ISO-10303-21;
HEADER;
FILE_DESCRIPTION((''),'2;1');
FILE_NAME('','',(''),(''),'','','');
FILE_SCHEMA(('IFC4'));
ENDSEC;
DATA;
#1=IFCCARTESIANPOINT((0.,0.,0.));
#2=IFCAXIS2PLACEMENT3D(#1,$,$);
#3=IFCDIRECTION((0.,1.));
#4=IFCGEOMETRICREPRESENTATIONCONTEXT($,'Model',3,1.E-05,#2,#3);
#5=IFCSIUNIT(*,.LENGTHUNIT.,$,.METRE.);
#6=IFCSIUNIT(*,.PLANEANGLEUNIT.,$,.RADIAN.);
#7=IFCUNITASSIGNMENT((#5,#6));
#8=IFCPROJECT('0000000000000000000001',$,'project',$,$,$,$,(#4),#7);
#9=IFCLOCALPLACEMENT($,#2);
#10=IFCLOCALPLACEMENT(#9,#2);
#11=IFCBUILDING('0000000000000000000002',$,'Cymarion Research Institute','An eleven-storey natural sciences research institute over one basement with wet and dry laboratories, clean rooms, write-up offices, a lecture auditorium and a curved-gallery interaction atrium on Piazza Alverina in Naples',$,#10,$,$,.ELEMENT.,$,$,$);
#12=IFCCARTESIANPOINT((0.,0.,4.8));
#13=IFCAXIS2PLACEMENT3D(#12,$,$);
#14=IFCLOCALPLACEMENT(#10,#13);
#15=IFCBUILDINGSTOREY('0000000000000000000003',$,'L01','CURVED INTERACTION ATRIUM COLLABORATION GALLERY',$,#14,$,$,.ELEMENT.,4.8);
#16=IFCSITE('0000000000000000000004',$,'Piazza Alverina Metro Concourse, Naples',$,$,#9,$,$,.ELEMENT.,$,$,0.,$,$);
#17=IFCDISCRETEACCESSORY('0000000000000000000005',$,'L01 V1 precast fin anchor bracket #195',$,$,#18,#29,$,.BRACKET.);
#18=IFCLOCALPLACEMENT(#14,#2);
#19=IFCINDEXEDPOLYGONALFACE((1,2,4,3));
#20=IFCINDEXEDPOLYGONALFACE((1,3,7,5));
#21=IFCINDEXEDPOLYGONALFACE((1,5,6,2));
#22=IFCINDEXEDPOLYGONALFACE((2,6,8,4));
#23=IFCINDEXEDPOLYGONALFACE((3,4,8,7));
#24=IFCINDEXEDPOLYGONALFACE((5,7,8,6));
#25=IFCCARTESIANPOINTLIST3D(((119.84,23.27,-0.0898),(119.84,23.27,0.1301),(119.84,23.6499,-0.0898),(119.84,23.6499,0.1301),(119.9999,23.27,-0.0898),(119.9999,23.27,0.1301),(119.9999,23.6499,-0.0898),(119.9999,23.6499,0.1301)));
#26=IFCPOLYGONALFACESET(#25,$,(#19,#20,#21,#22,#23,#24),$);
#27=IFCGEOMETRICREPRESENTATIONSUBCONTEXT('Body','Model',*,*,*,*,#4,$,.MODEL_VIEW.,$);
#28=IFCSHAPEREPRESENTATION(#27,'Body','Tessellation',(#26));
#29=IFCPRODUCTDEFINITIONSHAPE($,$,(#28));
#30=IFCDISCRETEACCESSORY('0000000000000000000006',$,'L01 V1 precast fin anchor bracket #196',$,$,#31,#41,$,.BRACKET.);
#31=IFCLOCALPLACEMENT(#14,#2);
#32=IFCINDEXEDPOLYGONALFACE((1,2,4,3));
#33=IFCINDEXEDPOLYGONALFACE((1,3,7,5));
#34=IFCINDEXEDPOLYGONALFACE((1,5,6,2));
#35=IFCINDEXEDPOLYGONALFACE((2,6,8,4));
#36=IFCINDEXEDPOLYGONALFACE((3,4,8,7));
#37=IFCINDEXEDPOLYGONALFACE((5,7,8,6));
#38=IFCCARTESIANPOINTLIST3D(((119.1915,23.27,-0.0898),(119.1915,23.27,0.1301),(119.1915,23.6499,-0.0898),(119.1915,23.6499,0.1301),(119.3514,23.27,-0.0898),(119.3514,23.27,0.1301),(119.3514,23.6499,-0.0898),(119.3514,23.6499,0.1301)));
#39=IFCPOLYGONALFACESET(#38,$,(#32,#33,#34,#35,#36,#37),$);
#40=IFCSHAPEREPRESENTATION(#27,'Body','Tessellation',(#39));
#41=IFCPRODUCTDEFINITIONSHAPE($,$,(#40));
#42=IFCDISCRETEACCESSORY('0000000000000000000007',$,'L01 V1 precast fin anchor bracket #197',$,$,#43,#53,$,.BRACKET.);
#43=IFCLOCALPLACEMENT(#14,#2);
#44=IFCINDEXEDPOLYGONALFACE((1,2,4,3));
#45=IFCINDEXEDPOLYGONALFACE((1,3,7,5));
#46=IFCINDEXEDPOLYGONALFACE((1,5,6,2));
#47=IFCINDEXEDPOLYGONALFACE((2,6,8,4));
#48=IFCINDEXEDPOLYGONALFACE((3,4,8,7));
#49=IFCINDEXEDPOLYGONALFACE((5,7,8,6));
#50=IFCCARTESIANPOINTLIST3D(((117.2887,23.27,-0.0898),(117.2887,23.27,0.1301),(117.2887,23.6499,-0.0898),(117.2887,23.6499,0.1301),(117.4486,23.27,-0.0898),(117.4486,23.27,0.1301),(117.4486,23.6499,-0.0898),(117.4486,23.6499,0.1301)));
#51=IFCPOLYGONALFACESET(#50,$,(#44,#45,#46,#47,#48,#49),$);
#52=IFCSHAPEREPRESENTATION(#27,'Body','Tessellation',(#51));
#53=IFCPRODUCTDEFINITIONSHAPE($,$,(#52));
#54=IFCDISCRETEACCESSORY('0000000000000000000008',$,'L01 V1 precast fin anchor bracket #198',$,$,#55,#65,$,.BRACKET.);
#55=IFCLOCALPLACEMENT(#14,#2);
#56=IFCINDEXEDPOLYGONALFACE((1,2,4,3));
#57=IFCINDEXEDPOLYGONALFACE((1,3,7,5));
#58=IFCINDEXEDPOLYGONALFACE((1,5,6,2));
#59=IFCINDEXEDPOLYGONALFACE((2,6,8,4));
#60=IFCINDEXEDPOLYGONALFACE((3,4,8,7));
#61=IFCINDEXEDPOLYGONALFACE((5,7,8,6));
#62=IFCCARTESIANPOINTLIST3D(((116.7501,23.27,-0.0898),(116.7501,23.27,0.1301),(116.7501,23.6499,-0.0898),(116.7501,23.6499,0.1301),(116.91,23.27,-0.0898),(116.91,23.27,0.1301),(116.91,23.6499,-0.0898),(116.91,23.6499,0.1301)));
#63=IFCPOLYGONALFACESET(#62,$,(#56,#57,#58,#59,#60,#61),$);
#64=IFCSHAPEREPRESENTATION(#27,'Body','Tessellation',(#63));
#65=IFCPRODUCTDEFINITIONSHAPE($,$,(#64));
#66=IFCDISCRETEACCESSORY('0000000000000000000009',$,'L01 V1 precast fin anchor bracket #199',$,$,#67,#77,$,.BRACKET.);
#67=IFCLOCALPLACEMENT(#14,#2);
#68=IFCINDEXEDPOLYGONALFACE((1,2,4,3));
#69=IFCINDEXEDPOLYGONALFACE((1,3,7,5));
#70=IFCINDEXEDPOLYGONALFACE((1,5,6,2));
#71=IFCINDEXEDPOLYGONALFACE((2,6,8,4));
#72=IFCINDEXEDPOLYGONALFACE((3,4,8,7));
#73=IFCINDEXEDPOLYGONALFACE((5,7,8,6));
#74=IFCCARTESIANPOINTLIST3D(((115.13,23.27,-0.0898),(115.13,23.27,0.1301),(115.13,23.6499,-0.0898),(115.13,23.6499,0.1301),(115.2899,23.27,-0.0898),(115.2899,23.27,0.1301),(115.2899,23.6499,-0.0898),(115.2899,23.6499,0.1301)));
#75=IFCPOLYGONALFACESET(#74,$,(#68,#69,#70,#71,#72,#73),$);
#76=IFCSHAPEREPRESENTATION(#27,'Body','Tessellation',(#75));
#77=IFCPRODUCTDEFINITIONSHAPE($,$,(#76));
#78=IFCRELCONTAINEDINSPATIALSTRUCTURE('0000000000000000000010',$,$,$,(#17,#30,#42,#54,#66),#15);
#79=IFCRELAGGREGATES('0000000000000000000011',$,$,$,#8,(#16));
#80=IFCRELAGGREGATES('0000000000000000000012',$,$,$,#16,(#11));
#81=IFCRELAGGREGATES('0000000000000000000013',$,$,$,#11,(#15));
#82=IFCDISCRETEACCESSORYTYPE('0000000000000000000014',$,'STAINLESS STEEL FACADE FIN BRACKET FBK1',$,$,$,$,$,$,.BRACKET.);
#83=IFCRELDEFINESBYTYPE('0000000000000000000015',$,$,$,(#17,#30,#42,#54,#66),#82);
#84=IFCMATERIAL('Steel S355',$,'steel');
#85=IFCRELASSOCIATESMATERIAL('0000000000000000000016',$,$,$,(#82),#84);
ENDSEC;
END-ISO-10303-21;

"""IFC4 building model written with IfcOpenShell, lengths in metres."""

from ifc_helpers import new_model, si_unit, direction, frame, origin, origin_2d, place, context, subcontext, project, spatial, rectangle, extrude, material, type_object, element, save


model = new_model("IFC4")

# Units and contexts
model_context = context("Model", 3, precision=1e-05, world=origin(), true_north=direction((0.0, 1.0)))
body_context = subcontext(model_context, "Body", "Model", "MODEL_VIEW")
ifc_project = project(units=[si_unit("LENGTHUNIT", "METRE"), si_unit("PLANEANGLEUNIT", "RADIAN")], contexts=[model_context])

# Site, building, storey
site_placement = place(None, origin())
site = spatial("IfcSite", under=ifc_project, at=site_placement, Name="Piazza Alverina Metro Concourse, Naples", CompositionType="ELEMENT", RefElevation=0.0)
building_placement = place(site_placement, origin())
building = spatial("IfcBuilding", under=site, at=building_placement, Name="Cymarion Research Institute", Description="An eleven-storey natural sciences research institute over one basement with wet and dry laboratories, clean rooms, write-up offices, a lecture auditorium and a curved-gallery interaction atrium on Piazza Alverina in Naples", CompositionType="ELEMENT")
storey_placement = place(building_placement, frame((0.0, 0.0, 4.8)))
storey = spatial("IfcBuildingStorey", under=building, at=storey_placement, Name="L01", Description="CURVED INTERACTION ATRIUM COLLABORATION GALLERY", CompositionType="ELEMENT", Elevation=4.8)

# Shared definitions
ifc_material_1 = material(Name="Steel S355", Category="steel")

# Discrete accessories
discrete_accessory_type = type_object("IfcDiscreteAccessoryType", Name="STAINLESS STEEL FACADE FIN BRACKET FBK1", PredefinedType="BRACKET", material=ifc_material_1)
for number, where, z_axis, x_axis, name in (
    (1, (119.9199, 23.46, -0.0898), (0.0, 0.0, 1.0), (0.0, 1.0, 0.0), "L01 V1 precast fin anchor bracket #195"),
    (2, (119.2715, 23.46, -0.0898), (0.0, 0.0, 1.0), (0.0, 1.0, 0.0), "L01 V1 precast fin anchor bracket #196"),
    (3, (117.3687, 23.46, -0.0898), (0.0, 0.0, 1.0), (0.0, 1.0, 0.0), "L01 V1 precast fin anchor bracket #197"),
    (4, (116.8301, 23.46, -0.0898), (0.0, 0.0, 1.0), (0.0, 1.0, 0.0), "L01 V1 precast fin anchor bracket #198"),
    (5, (115.21, 23.46, -0.0898), (0.0, 0.0, 1.0), (0.0, 1.0, 0.0), "L01 V1 precast fin anchor bracket #199"),
):
    element("IfcDiscreteAccessory", number, at=place(storey_placement, frame(where, z_axis=z_axis, x_axis=x_axis)), inside=storey, type_object=discrete_accessory_type, Name=name, PredefinedType="BRACKET", context=body_context, shape_type="SweptSolid", body=[
        extrude(rectangle(XDim=0.3799, YDim=0.1599, at=origin_2d()), origin(), (0.0, 0.0, 1.0), 0.22),
    ])

save(model, "model.ifc")
